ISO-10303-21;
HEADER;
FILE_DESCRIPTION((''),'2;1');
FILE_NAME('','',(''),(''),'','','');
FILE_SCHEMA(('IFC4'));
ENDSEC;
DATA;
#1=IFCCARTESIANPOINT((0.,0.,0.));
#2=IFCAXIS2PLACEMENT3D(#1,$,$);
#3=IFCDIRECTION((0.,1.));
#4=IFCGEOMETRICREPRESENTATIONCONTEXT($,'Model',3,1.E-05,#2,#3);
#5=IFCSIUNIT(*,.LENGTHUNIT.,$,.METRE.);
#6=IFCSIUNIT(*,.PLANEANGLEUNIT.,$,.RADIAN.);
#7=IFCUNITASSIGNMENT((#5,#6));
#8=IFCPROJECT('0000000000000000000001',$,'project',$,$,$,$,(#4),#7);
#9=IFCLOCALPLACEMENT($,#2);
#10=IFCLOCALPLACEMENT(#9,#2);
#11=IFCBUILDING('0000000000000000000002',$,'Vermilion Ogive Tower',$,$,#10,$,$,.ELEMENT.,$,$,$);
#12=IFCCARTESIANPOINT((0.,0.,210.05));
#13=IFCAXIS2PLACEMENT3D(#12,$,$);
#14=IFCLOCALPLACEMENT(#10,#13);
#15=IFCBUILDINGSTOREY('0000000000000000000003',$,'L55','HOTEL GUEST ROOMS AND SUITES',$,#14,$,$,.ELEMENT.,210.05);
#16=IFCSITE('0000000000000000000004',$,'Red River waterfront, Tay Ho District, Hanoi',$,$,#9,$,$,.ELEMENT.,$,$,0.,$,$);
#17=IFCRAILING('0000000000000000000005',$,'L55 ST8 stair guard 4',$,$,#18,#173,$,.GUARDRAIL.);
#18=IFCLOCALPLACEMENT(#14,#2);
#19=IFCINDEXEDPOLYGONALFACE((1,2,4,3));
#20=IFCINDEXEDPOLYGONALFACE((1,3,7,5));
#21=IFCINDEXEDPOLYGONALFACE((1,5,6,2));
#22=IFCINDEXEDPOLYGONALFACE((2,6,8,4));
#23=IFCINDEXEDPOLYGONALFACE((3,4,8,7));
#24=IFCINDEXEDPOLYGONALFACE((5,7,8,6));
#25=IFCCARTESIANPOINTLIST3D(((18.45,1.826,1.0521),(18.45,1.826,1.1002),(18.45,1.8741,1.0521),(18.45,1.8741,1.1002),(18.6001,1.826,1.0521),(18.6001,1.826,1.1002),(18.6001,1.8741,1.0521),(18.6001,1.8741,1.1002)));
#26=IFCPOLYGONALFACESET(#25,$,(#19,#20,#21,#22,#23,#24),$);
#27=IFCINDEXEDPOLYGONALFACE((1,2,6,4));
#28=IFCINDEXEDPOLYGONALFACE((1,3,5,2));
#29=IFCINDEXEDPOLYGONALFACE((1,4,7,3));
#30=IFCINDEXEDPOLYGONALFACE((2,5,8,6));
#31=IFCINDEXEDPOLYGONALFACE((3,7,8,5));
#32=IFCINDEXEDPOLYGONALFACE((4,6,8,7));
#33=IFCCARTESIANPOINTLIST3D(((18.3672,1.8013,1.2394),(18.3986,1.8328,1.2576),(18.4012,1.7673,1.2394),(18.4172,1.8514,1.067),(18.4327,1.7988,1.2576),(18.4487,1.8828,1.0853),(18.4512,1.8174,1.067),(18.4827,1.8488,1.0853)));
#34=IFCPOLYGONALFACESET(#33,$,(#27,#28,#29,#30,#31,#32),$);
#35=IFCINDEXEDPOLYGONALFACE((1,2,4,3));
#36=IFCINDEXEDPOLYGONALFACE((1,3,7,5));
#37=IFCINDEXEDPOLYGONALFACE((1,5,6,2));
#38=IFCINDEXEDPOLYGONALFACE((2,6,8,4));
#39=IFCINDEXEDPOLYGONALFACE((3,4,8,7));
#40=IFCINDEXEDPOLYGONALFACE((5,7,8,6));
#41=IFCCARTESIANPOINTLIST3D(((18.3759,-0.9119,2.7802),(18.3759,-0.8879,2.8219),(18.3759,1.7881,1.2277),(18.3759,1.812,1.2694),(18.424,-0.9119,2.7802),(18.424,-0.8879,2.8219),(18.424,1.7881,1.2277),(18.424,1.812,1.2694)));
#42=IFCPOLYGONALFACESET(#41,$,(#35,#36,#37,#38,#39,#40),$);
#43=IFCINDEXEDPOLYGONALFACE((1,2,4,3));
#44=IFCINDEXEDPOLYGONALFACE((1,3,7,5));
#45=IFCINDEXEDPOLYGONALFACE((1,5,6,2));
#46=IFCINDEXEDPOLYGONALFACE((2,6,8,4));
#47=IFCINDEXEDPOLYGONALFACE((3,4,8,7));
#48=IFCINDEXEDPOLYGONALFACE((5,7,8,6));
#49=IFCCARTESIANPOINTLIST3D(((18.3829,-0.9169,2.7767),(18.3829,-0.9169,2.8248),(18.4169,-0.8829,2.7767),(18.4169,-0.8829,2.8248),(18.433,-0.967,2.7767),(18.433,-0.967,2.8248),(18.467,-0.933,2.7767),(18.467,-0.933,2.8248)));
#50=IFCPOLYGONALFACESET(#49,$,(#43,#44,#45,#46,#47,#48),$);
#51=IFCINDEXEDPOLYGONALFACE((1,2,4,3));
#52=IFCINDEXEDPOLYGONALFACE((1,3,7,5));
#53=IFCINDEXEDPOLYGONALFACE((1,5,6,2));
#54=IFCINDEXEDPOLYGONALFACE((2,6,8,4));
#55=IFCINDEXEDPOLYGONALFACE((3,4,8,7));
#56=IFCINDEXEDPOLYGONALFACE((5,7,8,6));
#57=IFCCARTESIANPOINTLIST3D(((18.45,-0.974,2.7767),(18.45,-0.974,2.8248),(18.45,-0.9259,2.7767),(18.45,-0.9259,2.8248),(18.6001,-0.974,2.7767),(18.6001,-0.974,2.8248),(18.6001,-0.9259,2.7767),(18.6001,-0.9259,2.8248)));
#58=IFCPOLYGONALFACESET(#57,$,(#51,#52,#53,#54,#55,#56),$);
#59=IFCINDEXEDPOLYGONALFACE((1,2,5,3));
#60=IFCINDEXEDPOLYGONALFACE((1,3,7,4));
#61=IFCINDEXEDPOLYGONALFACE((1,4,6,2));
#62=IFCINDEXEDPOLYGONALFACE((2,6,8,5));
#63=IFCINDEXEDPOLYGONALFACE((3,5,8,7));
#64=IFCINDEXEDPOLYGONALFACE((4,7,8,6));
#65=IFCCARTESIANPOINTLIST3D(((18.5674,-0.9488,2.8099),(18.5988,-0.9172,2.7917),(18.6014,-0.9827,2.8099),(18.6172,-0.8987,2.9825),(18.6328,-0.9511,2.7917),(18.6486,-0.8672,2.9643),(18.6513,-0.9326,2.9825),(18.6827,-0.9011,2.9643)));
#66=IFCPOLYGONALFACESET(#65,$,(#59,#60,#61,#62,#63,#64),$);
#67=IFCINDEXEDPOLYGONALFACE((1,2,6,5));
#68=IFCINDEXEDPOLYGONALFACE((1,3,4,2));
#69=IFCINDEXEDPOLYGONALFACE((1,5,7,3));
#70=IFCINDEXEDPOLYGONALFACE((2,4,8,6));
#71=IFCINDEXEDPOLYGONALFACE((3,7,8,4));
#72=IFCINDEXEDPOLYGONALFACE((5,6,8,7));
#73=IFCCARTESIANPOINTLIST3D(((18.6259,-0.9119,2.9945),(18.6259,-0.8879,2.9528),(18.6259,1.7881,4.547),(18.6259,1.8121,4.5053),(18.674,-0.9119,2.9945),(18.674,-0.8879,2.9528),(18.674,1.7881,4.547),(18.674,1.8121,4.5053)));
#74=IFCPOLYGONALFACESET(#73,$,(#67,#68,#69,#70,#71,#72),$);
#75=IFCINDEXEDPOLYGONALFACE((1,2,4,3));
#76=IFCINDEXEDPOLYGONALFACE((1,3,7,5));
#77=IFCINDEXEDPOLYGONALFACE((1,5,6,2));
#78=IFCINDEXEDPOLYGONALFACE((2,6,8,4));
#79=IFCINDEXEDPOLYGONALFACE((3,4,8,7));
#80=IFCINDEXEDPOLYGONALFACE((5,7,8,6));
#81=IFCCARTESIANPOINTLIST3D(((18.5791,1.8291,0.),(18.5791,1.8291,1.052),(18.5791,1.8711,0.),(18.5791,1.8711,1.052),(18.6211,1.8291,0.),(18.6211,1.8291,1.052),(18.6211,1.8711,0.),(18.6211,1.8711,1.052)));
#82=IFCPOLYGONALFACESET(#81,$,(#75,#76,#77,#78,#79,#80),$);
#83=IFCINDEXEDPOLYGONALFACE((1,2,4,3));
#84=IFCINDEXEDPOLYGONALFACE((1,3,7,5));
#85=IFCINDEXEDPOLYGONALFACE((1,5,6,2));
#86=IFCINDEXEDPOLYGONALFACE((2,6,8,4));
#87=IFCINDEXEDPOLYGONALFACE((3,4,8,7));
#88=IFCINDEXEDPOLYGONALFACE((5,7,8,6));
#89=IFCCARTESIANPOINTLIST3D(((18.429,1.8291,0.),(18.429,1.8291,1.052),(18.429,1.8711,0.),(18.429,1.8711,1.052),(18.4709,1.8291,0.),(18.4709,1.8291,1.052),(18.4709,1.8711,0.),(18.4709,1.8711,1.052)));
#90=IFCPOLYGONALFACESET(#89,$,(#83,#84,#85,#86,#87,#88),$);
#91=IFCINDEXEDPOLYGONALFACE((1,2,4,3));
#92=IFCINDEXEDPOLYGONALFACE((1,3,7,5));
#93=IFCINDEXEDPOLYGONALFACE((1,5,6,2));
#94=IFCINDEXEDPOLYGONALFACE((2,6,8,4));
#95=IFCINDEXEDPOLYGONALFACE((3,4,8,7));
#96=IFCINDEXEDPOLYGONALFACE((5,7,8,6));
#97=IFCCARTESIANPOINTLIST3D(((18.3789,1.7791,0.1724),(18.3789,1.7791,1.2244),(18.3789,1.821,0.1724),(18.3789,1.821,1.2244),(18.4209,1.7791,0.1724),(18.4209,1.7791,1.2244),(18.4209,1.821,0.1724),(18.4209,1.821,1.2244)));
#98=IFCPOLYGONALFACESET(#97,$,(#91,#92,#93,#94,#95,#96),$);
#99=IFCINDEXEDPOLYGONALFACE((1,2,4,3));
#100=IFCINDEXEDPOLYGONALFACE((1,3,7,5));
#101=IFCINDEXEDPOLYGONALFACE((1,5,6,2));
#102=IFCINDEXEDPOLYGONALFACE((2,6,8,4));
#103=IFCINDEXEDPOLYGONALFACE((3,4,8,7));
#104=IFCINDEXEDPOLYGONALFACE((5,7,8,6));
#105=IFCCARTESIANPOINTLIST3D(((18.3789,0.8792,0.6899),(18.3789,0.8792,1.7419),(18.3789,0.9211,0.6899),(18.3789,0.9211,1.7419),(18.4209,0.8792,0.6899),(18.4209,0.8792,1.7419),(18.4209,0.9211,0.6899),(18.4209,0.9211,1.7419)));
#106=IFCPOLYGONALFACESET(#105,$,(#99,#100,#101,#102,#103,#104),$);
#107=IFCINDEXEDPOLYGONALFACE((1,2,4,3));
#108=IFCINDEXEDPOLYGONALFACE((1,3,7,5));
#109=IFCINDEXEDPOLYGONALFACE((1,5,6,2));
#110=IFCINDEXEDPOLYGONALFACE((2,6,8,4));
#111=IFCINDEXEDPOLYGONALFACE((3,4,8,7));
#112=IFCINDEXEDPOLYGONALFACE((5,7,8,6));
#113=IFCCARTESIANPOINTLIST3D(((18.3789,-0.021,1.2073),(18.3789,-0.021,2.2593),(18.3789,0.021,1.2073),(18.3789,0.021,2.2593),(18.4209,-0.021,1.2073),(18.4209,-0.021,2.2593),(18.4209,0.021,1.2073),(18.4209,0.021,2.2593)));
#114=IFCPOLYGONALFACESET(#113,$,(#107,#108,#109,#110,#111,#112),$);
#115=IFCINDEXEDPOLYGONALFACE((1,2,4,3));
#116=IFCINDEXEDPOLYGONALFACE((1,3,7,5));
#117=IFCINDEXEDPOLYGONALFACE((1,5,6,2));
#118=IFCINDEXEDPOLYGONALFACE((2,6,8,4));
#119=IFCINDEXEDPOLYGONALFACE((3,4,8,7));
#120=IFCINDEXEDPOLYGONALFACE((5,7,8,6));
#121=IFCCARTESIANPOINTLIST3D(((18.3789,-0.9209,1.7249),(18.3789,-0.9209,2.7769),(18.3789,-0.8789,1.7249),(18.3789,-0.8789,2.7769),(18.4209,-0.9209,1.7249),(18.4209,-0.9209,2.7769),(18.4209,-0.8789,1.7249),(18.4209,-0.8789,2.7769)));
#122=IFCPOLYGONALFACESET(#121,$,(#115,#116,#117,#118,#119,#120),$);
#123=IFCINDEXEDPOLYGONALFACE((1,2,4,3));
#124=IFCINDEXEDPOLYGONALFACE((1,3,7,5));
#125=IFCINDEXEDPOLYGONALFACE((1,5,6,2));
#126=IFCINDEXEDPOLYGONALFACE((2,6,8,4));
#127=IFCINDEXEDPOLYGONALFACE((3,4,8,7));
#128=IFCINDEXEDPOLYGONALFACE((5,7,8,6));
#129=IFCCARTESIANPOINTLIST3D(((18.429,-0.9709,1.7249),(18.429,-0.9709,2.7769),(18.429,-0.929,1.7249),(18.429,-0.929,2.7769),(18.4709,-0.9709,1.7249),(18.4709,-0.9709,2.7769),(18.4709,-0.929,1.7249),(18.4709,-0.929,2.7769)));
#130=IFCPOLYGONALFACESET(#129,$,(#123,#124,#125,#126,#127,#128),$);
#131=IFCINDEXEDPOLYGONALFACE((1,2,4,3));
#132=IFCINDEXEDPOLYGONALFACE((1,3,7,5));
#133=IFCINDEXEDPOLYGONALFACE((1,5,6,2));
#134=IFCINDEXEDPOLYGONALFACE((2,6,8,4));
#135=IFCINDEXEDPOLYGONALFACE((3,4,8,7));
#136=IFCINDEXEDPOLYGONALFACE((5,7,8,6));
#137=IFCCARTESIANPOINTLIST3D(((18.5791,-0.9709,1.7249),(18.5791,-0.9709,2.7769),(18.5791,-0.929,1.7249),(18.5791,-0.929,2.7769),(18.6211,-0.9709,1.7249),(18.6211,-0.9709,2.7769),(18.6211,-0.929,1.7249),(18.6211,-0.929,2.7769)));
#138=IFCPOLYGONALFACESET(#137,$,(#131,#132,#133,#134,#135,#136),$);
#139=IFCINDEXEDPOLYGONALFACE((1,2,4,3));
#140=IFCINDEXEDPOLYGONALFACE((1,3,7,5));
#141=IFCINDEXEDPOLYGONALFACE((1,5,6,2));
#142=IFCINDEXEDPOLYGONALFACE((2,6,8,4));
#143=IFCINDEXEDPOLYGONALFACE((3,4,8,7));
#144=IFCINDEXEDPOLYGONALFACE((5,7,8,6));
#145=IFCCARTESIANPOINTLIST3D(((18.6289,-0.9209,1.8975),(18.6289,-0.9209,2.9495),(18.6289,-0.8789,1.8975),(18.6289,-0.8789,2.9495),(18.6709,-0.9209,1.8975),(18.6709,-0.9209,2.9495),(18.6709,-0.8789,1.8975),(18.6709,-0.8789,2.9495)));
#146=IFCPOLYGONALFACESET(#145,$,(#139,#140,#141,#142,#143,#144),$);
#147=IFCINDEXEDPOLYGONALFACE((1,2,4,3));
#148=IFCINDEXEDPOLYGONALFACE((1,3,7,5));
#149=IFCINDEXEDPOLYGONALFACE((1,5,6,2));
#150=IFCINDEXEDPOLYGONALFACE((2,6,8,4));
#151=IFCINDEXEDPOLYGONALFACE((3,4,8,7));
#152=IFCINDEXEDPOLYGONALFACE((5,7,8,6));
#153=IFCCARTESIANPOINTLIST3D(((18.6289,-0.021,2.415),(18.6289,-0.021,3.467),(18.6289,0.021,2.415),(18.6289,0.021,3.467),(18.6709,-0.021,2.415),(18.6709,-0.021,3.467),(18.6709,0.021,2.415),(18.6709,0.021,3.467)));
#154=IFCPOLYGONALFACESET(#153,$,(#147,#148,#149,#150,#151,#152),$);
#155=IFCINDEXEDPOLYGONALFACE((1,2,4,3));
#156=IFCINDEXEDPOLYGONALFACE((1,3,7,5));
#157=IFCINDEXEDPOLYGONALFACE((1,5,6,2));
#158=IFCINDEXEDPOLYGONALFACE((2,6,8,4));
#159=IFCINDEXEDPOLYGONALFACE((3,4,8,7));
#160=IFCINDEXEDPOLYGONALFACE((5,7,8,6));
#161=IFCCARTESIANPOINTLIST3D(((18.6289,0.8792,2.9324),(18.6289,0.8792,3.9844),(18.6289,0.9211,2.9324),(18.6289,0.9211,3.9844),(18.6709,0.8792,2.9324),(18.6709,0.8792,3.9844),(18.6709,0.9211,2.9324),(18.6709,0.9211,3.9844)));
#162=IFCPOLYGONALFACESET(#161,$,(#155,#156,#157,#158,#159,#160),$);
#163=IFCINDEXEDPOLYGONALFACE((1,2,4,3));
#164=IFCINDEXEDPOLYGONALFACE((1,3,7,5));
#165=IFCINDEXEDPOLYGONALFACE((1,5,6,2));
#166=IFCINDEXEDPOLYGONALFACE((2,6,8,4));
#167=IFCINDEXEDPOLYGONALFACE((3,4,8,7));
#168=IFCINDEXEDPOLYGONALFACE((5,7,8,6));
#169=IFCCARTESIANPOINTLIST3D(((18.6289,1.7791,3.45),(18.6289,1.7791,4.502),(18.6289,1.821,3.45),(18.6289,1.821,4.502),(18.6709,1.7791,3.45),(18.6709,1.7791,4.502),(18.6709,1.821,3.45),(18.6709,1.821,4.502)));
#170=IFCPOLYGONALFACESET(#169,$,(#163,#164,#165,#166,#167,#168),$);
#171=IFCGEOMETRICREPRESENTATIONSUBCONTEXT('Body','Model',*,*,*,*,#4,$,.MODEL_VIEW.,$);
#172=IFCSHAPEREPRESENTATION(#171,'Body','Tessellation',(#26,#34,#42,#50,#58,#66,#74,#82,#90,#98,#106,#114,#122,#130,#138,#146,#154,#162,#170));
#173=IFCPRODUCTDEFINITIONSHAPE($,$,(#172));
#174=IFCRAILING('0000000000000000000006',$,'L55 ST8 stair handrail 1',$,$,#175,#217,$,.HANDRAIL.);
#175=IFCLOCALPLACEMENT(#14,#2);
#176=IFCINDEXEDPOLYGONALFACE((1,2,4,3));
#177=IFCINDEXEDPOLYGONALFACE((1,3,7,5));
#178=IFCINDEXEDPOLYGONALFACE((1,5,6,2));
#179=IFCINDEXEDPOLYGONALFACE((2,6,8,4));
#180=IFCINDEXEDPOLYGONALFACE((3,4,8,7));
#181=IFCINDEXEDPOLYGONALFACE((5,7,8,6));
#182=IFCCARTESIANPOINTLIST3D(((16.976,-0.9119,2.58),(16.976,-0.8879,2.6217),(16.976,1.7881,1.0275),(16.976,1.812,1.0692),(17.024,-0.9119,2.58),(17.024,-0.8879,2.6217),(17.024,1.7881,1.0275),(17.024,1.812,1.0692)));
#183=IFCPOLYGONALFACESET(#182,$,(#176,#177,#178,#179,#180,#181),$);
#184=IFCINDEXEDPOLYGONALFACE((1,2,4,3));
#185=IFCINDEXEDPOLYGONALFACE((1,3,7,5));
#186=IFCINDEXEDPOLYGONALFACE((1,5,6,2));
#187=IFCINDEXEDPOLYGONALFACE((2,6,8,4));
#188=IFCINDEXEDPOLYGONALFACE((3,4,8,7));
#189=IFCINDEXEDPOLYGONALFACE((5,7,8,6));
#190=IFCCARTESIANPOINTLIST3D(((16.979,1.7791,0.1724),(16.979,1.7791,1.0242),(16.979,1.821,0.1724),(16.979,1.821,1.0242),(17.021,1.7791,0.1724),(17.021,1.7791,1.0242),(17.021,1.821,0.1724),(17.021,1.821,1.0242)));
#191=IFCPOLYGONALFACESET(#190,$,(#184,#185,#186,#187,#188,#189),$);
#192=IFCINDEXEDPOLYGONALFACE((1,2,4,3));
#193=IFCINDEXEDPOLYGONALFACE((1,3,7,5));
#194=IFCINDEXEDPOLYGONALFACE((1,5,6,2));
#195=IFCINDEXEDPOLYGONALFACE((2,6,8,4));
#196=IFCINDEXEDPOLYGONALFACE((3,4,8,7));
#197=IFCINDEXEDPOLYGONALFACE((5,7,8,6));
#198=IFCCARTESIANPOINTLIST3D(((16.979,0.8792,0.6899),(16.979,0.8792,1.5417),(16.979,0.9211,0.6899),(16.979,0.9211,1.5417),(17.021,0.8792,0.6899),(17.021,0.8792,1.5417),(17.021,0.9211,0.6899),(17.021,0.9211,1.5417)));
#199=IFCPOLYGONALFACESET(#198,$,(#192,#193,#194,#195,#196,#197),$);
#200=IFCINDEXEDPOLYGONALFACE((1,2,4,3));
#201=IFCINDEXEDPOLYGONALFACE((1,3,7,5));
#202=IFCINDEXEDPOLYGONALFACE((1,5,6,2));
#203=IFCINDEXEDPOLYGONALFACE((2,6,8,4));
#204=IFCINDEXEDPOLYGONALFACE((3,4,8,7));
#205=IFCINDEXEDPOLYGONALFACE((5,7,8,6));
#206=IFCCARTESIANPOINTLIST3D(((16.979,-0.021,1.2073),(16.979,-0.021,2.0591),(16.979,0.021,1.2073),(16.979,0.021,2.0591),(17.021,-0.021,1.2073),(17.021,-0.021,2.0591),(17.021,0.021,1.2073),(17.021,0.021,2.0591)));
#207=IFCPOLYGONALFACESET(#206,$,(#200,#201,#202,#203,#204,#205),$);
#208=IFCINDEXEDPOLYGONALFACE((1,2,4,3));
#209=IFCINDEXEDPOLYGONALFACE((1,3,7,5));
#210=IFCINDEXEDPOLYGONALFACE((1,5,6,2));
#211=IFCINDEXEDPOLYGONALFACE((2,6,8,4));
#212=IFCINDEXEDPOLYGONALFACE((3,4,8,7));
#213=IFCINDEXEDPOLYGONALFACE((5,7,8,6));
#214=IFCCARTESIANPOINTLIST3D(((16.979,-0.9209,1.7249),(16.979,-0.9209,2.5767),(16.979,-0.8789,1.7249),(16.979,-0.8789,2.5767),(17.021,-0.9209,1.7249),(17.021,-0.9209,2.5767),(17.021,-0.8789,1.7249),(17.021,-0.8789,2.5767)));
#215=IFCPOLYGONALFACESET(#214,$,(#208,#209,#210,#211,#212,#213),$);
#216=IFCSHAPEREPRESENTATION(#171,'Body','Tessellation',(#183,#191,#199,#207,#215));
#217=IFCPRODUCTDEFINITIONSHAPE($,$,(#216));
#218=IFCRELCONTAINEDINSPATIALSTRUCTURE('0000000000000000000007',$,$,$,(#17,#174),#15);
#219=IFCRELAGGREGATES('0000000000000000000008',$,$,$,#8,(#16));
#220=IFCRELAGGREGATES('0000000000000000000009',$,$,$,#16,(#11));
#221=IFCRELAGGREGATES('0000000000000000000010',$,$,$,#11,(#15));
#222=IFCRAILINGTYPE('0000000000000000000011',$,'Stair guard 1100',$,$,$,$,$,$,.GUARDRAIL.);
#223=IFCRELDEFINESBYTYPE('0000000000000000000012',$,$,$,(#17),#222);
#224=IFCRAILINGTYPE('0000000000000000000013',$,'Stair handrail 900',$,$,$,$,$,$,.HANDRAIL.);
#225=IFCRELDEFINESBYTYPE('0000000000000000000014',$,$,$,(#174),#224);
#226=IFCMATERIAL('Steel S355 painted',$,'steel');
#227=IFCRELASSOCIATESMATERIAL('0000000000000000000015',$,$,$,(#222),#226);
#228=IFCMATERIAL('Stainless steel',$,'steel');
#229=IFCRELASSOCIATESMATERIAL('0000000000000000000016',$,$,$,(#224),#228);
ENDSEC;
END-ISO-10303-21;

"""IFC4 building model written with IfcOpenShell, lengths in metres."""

from ifc_helpers import new_model, si_unit, direction, frame, origin, origin_2d, place, context, subcontext, project, spatial, rectangle, extrude, material, type_object, element, save


model = new_model("IFC4")

# Units and contexts
model_context = context("Model", 3, precision=1e-05, world=origin(), true_north=direction((0.0, 1.0)))
body_context = subcontext(model_context, "Body", "Model", "MODEL_VIEW")
ifc_project = project(units=[si_unit("LENGTHUNIT", "METRE"), si_unit("PLANEANGLEUNIT", "RADIAN")], contexts=[model_context])

# Site, building, storey
site_placement = place(None, origin())
site = spatial("IfcSite", under=ifc_project, at=site_placement, Name="Red River waterfront, Tay Ho District, Hanoi", CompositionType="ELEMENT", RefElevation=0.0)
building_placement = place(site_placement, origin())
building = spatial("IfcBuilding", under=site, at=building_placement, Name="Vermilion Ogive Tower", CompositionType="ELEMENT")
storey_placement = place(building_placement, frame((0.0, 0.0, 210.05)))
storey = spatial("IfcBuildingStorey", under=building, at=storey_placement, Name="L55", Description="HOTEL GUEST ROOMS AND SUITES", CompositionType="ELEMENT", Elevation=210.05)

# Railings
ifc_material_1 = material(Name="Steel S355 painted", Category="steel")
railing_type_1 = type_object("IfcRailingType", Name="Stair guard 1100", PredefinedType="GUARDRAIL", material=ifc_material_1)
railing_1_placement = place(storey_placement, frame((18.6001, 1.8501, 0.0)))
element("IfcRailing", 1, at=railing_1_placement, inside=storey, type_object=railing_type_1, Name="L55 ST8 stair guard 4", PredefinedType="GUARDRAIL", context=body_context, shape_type="SweptSolid", body=[
    extrude(rectangle(XDim=0.0481, YDim=0.0481, at=origin_2d()), frame((0.0, 0.0, 1.0762), z_axis=(-1.0, 0.0, 0.0), x_axis=(0.0, -1.0, 0.0)), (0.0, 0.0, 1.0), 0.1501),
    extrude(rectangle(XDim=0.0481, YDim=0.0481, at=origin_2d()), frame((-0.1501, 0.0, 1.0762), z_axis=(-0.268603, -0.268603, 0.925043), x_axis=(0.707107, -0.707107, 0.0)), (0.0, 0.0, 1.0), 0.1863),
    extrude(rectangle(XDim=0.0481, YDim=0.0481, at=origin_2d()), frame((-0.2002, -0.05, 1.2485), z_axis=(0.0, -0.866904, 0.498476), x_axis=(1.0, 0.0, 0.0)), (0.0, 0.0, 1.0), 3.1145),
    extrude(rectangle(XDim=0.0481, YDim=0.0481, at=origin_2d()), frame((-0.2002, -2.75, 2.8008), z_axis=(0.707107, -0.707107, 0.0), x_axis=(0.707107, 0.707107, 0.0)), (0.0, 0.0, 1.0), 0.0708),
    extrude(rectangle(XDim=0.0481, YDim=0.0481, at=origin_2d()), frame((-0.1501, -2.8, 2.8008), z_axis=(1.0, 0.0, 0.0), x_axis=(0.0, 1.0, 0.0)), (0.0, 0.0, 1.0), 0.1501),
    extrude(rectangle(XDim=0.0481, YDim=0.0481, at=origin_2d()), frame((0.0, -2.8, 2.8008), z_axis=(0.267063, 0.268372, 0.925556), x_axis=(-0.708834, 0.705376, 0.0)), (0.0, 0.0, 1.0), 0.1865),
    extrude(rectangle(XDim=0.0481, YDim=0.0481, at=origin_2d()), frame((0.0498, -2.75, 2.9736), z_axis=(0.0, 0.866904, 0.498476), x_axis=(-1.0, 0.0, 0.0)), (0.0, 0.0, 1.0), 3.1145),
    extrude(rectangle(XDim=0.042, YDim=0.042, at=origin_2d()), origin(), (0.0, 0.0, 1.0), 1.052),
    extrude(rectangle(XDim=0.042, YDim=0.042, at=origin_2d()), frame((-0.1501, 0.0, 0.0)), (0.0, 0.0, 1.0), 1.052),
    extrude(rectangle(XDim=0.042, YDim=0.042, at=origin_2d()), frame((-0.2002, -0.05, 0.1724)), (0.0, 0.0, 1.0), 1.052),
    extrude(rectangle(XDim=0.042, YDim=0.042, at=origin_2d()), frame((-0.2002, -0.95, 0.6899)), (0.0, 0.0, 1.0), 1.052),
    extrude(rectangle(XDim=0.042, YDim=0.042, at=origin_2d()), frame((-0.2002, -1.8501, 1.2073)), (0.0, 0.0, 1.0), 1.052),
    extrude(rectangle(XDim=0.042, YDim=0.042, at=origin_2d()), frame((-0.2002, -2.75, 1.7249)), (0.0, 0.0, 1.0), 1.052),
    extrude(rectangle(XDim=0.042, YDim=0.042, at=origin_2d()), frame((-0.1501, -2.8, 1.7249)), (0.0, 0.0, 1.0), 1.052),
    extrude(rectangle(XDim=0.042, YDim=0.042, at=origin_2d()), frame((0.0, -2.8, 1.7249)), (0.0, 0.0, 1.0), 1.052),
    extrude(rectangle(XDim=0.042, YDim=0.042, at=origin_2d()), frame((0.0498, -2.75, 1.8975)), (0.0, 0.0, 1.0), 1.052),
    extrude(rectangle(XDim=0.042, YDim=0.042, at=origin_2d()), frame((0.0498, -1.8501, 2.415)), (0.0, 0.0, 1.0), 1.052),
    extrude(rectangle(XDim=0.042, YDim=0.042, at=origin_2d()), frame((0.0498, -0.95, 2.9324)), (0.0, 0.0, 1.0), 1.052),
    extrude(rectangle(XDim=0.042, YDim=0.042, at=origin_2d()), frame((0.0498, -0.05, 3.45)), (0.0, 0.0, 1.0), 1.052),
])
ifc_material_2 = material(Name="Stainless steel", Category="steel")
railing_type_2 = type_object("IfcRailingType", Name="Stair handrail 900", PredefinedType="HANDRAIL", material=ifc_material_2)
railing_2_placement = place(storey_placement, frame((17.0, 1.8, 0.1724)))
element("IfcRailing", 2, at=railing_2_placement, inside=storey, type_object=railing_type_2, Name="L55 ST8 stair handrail 1", PredefinedType="HANDRAIL", context=body_context, shape_type="SweptSolid", body=[
    extrude(rectangle(XDim=0.0481, YDim=0.0481, at=origin_2d()), frame((0.0, 0.0, 0.876), z_axis=(0.0, -0.866904, 0.498476), x_axis=(1.0, 0.0, 0.0)), (0.0, 0.0, 1.0), 3.1145),
    extrude(rectangle(XDim=0.042, YDim=0.042, at=origin_2d()), origin(), (0.0, 0.0, 1.0), 0.8518),
    extrude(rectangle(XDim=0.042, YDim=0.042, at=origin_2d()), frame((0.0, -0.8999, 0.5176)), (0.0, 0.0, 1.0), 0.8518),
    extrude(rectangle(XDim=0.042, YDim=0.042, at=origin_2d()), frame((0.0, -1.8, 1.0349)), (0.0, 0.0, 1.0), 0.8518),
    extrude(rectangle(XDim=0.042, YDim=0.042, at=origin_2d()), frame((0.0, -2.7, 1.5525)), (0.0, 0.0, 1.0), 0.8518),
])

save(model, "model.ifc")
